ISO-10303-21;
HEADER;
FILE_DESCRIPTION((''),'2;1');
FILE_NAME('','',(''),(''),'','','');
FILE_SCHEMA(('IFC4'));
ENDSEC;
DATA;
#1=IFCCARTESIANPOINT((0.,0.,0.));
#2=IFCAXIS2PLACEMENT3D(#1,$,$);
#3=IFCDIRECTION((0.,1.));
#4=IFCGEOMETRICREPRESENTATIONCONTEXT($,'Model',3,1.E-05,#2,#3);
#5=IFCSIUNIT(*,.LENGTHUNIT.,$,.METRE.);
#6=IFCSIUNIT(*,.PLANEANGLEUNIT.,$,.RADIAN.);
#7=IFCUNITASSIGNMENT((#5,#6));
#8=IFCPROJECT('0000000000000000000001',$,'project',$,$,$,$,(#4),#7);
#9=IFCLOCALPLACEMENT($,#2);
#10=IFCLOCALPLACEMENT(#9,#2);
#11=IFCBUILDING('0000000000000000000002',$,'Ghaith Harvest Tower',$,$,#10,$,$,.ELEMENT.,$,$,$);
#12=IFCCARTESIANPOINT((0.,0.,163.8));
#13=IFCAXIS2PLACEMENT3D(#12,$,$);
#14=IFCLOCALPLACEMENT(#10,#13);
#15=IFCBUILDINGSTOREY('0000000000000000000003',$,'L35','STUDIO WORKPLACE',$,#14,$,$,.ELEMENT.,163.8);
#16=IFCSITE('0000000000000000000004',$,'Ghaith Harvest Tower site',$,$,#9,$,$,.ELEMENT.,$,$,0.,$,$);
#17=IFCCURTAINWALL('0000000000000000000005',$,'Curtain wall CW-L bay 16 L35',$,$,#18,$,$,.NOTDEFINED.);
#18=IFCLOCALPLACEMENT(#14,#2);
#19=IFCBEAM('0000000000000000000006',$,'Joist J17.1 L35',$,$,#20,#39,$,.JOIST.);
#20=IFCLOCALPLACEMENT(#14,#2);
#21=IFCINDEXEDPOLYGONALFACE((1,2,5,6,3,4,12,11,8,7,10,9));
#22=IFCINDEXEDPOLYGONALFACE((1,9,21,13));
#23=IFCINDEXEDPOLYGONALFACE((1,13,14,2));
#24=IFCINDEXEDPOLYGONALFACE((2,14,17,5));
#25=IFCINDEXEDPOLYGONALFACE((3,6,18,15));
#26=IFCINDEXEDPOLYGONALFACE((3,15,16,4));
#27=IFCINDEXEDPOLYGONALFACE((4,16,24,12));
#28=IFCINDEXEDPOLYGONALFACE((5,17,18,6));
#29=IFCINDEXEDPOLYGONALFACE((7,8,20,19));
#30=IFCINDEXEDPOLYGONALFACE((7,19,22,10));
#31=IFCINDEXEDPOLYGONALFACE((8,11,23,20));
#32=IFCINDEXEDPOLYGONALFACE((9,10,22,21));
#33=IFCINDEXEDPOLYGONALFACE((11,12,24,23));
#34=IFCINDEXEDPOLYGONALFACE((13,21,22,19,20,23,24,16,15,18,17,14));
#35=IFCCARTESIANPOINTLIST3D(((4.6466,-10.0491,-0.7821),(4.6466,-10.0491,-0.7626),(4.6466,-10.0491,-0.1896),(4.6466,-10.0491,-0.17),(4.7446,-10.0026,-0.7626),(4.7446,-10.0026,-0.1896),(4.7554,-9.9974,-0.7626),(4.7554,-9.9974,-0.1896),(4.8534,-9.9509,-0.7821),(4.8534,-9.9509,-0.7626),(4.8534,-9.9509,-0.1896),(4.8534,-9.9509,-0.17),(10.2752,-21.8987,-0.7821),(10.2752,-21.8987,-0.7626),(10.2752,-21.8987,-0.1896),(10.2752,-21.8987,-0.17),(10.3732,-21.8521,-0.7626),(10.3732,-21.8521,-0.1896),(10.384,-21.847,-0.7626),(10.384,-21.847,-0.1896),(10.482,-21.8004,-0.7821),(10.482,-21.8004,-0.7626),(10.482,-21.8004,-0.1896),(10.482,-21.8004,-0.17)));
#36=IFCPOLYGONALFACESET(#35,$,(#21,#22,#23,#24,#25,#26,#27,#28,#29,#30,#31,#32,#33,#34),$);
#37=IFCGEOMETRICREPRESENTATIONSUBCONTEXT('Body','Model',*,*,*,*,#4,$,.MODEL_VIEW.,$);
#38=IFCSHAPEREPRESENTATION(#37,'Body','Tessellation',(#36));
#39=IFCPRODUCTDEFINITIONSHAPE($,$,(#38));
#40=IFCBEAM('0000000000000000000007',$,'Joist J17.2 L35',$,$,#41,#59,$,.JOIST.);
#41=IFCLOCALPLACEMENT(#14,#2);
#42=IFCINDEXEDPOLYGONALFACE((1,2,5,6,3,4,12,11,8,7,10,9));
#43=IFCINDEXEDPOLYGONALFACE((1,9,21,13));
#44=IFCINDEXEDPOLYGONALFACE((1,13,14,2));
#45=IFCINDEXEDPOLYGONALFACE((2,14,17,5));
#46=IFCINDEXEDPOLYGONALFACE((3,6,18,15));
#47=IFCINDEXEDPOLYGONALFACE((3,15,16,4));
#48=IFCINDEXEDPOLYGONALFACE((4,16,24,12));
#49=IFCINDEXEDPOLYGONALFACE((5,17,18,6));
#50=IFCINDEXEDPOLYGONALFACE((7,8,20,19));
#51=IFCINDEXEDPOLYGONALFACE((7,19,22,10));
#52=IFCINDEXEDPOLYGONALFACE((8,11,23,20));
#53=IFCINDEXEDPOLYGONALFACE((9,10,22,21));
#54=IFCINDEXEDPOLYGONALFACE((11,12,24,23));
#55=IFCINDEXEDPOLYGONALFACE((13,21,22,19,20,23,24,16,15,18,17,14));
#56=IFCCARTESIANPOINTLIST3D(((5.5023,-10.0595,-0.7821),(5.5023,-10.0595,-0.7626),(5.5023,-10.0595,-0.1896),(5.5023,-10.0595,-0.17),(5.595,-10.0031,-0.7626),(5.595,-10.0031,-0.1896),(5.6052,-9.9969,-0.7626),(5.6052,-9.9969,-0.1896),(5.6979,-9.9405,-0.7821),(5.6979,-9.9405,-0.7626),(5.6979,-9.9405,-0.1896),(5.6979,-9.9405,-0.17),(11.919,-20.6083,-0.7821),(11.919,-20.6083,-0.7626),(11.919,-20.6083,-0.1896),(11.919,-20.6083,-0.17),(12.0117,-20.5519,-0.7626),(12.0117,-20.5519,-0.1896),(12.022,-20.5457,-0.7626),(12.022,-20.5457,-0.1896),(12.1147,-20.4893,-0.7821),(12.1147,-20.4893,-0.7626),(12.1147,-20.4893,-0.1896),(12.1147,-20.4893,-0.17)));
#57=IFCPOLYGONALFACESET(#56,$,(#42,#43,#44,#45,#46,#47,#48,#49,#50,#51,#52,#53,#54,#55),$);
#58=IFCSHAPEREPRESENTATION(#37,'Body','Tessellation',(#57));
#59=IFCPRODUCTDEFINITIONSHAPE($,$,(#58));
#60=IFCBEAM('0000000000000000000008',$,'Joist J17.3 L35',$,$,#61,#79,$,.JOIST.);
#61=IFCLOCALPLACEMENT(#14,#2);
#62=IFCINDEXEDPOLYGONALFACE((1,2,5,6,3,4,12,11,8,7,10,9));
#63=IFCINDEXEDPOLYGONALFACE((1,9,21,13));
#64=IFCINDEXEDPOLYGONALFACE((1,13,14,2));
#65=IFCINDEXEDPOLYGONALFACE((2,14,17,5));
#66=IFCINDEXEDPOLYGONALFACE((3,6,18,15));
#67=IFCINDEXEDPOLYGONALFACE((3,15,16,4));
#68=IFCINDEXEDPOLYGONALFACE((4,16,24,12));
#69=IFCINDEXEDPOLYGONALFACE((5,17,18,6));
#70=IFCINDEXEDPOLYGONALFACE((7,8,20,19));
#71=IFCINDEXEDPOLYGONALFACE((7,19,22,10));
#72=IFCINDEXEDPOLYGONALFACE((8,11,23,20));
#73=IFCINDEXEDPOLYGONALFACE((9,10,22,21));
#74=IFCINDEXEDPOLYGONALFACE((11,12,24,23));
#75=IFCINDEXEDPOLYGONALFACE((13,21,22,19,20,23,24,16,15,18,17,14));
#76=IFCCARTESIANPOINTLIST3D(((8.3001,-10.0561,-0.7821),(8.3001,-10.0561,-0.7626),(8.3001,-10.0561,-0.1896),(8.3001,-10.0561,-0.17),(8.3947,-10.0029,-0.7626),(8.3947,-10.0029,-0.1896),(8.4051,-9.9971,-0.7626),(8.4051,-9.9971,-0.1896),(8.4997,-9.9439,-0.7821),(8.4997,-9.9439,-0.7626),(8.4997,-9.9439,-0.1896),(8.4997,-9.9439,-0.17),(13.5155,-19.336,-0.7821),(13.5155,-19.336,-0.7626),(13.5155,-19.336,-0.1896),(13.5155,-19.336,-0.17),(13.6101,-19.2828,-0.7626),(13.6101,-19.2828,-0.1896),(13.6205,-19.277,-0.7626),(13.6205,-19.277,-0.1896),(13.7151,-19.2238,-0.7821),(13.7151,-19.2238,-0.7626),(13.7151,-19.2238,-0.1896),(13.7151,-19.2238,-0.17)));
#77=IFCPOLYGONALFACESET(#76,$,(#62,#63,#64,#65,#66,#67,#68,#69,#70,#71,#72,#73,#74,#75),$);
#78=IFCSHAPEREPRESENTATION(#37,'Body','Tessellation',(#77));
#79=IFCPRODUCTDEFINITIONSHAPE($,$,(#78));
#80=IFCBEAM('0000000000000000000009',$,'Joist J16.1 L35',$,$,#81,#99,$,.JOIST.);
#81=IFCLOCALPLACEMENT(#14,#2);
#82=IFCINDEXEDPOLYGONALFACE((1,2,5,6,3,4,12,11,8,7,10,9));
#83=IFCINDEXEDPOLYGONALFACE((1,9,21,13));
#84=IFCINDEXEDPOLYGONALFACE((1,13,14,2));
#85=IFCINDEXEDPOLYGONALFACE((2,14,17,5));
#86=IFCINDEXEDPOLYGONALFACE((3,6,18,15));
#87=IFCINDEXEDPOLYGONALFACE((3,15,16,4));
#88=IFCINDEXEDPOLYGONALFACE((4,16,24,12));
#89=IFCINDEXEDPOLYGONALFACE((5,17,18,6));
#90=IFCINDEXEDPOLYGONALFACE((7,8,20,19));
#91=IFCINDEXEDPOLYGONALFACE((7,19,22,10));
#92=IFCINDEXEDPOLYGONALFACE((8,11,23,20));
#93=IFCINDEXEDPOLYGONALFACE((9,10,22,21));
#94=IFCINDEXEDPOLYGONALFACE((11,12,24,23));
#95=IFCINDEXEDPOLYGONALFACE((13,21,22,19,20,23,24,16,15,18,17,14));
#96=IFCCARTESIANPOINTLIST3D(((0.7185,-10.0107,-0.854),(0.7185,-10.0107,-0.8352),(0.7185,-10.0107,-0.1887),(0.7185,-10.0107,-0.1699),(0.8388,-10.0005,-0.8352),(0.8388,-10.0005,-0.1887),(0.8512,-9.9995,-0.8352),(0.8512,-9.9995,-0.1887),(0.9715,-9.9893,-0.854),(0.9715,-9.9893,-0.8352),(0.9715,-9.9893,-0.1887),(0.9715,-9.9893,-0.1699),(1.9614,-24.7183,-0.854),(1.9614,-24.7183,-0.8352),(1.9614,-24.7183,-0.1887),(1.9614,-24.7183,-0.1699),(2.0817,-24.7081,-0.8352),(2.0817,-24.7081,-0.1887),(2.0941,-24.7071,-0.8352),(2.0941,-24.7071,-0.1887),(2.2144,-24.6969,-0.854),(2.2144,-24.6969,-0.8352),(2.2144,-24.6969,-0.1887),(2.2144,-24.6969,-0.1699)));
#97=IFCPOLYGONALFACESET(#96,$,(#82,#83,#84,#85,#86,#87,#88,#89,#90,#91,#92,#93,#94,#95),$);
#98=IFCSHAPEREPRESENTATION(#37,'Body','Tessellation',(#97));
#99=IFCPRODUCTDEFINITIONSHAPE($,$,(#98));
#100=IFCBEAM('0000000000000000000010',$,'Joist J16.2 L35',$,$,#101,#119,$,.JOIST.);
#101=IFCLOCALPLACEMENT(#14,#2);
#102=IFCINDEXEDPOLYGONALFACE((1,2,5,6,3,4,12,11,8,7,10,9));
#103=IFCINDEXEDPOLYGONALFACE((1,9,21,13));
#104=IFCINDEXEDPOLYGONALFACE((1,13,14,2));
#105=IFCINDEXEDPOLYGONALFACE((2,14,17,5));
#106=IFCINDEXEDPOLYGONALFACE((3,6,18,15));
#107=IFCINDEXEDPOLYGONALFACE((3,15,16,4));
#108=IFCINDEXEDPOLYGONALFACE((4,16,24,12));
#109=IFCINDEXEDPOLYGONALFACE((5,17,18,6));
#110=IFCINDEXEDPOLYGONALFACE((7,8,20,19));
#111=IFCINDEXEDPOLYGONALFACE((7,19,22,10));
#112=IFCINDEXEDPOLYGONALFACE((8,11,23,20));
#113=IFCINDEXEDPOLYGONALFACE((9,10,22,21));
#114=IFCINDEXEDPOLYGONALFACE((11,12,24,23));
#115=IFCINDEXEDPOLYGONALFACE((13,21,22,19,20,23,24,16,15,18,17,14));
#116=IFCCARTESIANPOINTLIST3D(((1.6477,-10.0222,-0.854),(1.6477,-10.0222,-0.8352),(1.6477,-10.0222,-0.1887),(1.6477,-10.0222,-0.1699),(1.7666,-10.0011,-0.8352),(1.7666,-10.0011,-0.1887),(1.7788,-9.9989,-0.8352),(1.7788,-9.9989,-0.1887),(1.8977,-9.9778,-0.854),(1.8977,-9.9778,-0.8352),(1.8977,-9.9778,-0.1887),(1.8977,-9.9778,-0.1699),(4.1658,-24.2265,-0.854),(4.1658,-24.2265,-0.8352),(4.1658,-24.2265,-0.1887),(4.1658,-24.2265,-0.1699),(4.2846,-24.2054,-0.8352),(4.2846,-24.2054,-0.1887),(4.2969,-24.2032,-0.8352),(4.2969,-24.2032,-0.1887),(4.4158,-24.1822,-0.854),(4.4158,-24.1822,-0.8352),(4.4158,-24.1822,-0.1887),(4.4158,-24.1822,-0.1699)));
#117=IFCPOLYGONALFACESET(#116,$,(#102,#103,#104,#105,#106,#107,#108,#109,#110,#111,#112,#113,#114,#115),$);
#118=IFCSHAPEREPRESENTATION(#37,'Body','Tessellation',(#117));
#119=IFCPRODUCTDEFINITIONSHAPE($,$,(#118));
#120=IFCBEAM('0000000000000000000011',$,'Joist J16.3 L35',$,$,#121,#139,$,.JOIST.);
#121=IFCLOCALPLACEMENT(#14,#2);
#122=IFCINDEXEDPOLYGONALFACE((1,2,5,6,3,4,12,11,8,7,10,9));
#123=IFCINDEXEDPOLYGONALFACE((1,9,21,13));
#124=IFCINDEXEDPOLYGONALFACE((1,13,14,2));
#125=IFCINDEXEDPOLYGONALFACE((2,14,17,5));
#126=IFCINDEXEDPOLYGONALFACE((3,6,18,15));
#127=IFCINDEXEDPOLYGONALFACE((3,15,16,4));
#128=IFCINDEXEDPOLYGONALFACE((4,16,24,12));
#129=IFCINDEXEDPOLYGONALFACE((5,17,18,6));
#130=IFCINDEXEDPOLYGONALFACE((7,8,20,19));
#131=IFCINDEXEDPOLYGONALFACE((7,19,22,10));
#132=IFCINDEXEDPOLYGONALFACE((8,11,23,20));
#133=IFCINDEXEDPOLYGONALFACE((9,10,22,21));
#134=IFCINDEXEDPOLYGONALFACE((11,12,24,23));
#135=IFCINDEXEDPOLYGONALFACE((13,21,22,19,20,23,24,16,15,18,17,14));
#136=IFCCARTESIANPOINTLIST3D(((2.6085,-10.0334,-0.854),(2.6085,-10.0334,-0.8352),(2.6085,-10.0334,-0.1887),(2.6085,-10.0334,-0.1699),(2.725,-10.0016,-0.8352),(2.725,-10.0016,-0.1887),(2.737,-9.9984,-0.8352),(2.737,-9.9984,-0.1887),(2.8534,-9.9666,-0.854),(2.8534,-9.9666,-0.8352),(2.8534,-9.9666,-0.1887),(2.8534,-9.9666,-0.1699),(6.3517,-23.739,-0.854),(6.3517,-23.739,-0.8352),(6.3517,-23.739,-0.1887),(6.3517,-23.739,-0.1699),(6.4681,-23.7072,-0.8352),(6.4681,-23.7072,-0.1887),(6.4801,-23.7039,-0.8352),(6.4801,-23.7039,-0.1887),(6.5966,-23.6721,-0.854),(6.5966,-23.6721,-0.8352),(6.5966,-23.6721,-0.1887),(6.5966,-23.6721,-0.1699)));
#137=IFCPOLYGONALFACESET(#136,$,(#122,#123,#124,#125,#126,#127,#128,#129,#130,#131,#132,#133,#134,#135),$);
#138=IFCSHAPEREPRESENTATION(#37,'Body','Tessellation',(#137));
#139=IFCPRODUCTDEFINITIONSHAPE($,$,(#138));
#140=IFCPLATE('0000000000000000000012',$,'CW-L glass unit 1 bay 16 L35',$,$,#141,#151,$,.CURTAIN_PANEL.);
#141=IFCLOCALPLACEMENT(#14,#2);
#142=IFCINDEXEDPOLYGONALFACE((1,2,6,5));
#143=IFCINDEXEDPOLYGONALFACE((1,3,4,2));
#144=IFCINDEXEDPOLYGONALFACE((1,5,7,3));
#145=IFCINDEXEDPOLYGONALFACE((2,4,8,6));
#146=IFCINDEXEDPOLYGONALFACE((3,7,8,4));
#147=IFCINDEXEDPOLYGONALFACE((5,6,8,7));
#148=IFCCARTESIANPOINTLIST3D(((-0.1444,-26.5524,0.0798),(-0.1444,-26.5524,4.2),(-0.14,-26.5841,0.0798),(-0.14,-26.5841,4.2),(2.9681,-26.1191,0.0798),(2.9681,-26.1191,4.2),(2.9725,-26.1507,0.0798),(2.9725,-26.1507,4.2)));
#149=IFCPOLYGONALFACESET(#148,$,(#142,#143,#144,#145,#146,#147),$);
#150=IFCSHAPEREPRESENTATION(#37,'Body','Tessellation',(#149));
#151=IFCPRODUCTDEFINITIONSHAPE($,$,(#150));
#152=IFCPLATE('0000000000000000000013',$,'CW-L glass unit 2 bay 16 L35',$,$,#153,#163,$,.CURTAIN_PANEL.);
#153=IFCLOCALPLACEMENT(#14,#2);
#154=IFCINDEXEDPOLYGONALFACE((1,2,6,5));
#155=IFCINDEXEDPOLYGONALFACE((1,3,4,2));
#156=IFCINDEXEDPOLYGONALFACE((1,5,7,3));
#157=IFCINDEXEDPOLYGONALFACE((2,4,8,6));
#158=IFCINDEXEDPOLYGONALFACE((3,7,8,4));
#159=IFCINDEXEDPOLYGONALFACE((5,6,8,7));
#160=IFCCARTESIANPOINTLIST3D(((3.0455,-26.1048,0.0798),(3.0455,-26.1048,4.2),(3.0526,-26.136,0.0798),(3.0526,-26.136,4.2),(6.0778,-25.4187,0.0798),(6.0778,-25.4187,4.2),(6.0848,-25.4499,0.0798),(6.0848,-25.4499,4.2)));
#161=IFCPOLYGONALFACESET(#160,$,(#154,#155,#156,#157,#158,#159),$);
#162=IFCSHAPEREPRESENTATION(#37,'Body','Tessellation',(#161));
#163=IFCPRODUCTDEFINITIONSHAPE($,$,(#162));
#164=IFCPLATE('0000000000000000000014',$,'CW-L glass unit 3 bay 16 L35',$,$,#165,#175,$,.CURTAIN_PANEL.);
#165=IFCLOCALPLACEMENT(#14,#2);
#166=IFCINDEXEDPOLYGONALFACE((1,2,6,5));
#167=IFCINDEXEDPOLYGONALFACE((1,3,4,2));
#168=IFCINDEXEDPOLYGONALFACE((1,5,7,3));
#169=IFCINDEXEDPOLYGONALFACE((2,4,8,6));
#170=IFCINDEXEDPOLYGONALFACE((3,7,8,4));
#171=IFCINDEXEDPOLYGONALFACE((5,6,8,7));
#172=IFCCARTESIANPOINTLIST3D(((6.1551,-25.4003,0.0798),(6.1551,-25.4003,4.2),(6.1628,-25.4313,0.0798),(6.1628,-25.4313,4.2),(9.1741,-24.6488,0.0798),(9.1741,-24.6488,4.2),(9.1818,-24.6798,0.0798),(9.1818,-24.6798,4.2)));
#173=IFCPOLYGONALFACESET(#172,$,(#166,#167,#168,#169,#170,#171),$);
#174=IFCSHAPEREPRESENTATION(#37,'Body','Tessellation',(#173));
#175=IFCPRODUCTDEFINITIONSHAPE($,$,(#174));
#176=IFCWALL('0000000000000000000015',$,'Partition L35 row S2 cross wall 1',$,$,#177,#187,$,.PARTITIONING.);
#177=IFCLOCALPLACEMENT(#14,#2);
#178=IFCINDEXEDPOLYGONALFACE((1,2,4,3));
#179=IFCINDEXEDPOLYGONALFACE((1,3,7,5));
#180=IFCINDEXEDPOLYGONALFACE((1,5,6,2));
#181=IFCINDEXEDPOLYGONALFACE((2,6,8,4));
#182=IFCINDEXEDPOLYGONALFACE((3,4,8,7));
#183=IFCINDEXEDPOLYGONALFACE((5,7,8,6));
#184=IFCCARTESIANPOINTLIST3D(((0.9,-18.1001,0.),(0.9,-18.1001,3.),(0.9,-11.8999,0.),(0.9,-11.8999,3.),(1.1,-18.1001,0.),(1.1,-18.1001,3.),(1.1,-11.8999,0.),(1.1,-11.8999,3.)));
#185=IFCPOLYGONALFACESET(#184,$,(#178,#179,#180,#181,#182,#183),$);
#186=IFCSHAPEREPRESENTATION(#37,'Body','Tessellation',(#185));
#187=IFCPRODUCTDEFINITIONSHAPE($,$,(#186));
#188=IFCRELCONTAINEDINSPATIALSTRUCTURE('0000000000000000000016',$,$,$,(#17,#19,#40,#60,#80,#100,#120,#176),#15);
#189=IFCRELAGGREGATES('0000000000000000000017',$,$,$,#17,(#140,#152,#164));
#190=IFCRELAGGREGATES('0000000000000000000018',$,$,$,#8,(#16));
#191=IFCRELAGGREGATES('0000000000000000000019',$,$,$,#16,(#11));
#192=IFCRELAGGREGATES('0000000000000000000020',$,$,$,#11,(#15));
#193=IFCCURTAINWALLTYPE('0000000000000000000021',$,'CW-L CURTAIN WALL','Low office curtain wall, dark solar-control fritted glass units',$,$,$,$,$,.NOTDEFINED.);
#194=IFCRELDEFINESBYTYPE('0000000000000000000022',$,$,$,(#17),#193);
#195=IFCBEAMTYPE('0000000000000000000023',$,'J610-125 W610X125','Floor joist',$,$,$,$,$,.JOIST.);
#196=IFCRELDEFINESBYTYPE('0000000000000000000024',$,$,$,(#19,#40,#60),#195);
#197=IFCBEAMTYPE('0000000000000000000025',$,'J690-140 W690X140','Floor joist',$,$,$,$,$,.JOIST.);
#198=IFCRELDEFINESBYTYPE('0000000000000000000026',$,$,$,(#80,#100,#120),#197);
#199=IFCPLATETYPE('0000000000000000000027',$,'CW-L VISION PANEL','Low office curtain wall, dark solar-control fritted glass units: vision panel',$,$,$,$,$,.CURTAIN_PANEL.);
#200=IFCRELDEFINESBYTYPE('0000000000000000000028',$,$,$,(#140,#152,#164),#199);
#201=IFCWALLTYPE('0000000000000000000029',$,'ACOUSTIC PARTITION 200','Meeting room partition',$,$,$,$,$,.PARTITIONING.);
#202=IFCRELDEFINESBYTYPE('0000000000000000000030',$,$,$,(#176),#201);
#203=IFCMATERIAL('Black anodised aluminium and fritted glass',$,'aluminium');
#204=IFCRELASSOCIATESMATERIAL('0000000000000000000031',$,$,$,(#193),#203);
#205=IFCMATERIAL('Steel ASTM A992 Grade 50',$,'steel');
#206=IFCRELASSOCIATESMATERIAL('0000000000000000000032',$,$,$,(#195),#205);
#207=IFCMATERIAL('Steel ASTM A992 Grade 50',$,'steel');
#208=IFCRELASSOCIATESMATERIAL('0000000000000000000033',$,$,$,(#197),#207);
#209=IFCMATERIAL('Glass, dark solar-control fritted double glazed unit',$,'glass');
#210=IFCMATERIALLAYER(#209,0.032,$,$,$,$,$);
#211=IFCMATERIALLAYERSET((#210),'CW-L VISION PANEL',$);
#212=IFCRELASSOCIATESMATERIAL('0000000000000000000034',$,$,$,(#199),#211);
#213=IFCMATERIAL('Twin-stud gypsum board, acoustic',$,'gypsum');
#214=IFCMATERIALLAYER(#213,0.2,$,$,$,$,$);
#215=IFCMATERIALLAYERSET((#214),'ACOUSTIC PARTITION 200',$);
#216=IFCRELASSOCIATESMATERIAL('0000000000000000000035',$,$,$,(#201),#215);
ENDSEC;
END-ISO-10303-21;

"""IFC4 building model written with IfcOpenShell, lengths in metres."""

from ifc_helpers import new_model, si_unit, direction, frame, frame_2d, origin, origin_2d, place, context, subcontext, project, spatial, rectangle, i_section, extrude, material, layer, layer_set, material_profile, profile_set, type_object, element, aggregate, save


model = new_model("IFC4")

# Units and contexts
model_context = context("Model", 3, precision=1e-05, world=origin(), true_north=direction((0.0, 1.0)))
body_context = subcontext(model_context, "Body", "Model", "MODEL_VIEW")
ifc_project = project(units=[si_unit("LENGTHUNIT", "METRE"), si_unit("PLANEANGLEUNIT", "RADIAN")], contexts=[model_context])

# Site, building, storey
site_placement = place(None, origin())
site = spatial("IfcSite", under=ifc_project, at=site_placement, Name="Ghaith Harvest Tower site", CompositionType="ELEMENT", RefElevation=0.0)
building_placement = place(site_placement, origin())
building = spatial("IfcBuilding", under=site, at=building_placement, Name="Ghaith Harvest Tower", CompositionType="ELEMENT")
storey_placement = place(building_placement, frame((0.0, 0.0, 163.8)))
storey = spatial("IfcBuildingStorey", under=building, at=storey_placement, Name="L35", Description="STUDIO WORKPLACE", CompositionType="ELEMENT", Elevation=163.8)

# Curtain wall
ifc_material_1 = material(Name="Black anodised aluminium and fritted glass", Category="aluminium")
curtain_wall_type = type_object("IfcCurtainWallType", Name="CW-L CURTAIN WALL", Description="Low office curtain wall, dark solar-control fritted glass units", PredefinedType="NOTDEFINED", material=ifc_material_1)
curtain_wall_1_placement = place(storey_placement, origin())
curtain_wall_1 = element("IfcCurtainWall", 1, at=curtain_wall_1_placement, inside=storey, type_object=curtain_wall_type, Name="Curtain wall CW-L bay 16 L35", PredefinedType="NOTDEFINED")

# Beams
ifc_material_2 = material(Name="Steel ASTM A992 Grade 50", Category="steel")
ifc_material_profile_1 = material_profile(ifc_material_2, i_section(OverallWidth=0.229, OverallDepth=0.6121, WebThickness=0.012, FlangeThickness=0.0195, at=origin_2d()), Name="W610X125")
ifc_profile_set_1 = profile_set([ifc_material_profile_1], Name="Steel ASTM A992 Grade 50")
beam_type_1 = type_object("IfcBeamType", Name="J610-125 W610X125", Description="Floor joist", PredefinedType="JOIST", material=ifc_profile_set_1)
beam_1_placement = place(storey_placement, frame((4.75, -10.0, -0.4761), z_axis=(0.429063, -0.903275, 0.0), x_axis=(0.903275, 0.429063, 0.0)))
element("IfcBeam", 2, at=beam_1_placement, inside=storey, type_object=beam_type_1, Name="Joist J17.1 L35", PredefinedType="JOIST", context=body_context, shape_type="SweptSolid", body=[
    extrude(i_section(OverallWidth=0.229, OverallDepth=0.6121, WebThickness=0.012, FlangeThickness=0.0195, at=origin_2d()), origin(), (0.0, 0.0, 1.0), 13.1184),
])
beam_2_placement = place(storey_placement, frame((5.6001, -10.0, -0.4761), z_axis=(0.519694, -0.854352, 0.0), x_axis=(0.854352, 0.519694, 0.0)))
element("IfcBeam", 3, at=beam_2_placement, inside=storey, type_object=beam_type_1, Name="Joist J17.2 L35", PredefinedType="JOIST", context=body_context, shape_type="SweptSolid", body=[
    extrude(i_section(OverallWidth=0.229, OverallDepth=0.6121, WebThickness=0.012, FlangeThickness=0.0195, at=origin_2d()), origin(), (0.0, 0.0, 1.0), 12.3472),
])
beam_3_placement = place(storey_placement, frame((8.3999, -10.0, -0.4761), z_axis=(0.489937, -0.871758, 0.0), x_axis=(0.871758, 0.489937, 0.0)))
element("IfcBeam", 4, at=beam_3_placement, inside=storey, type_object=beam_type_1, Name="Joist J17.3 L35", PredefinedType="JOIST", context=body_context, shape_type="SweptSolid", body=[
    extrude(i_section(OverallWidth=0.229, OverallDepth=0.6121, WebThickness=0.012, FlangeThickness=0.0195, at=origin_2d()), origin(), (0.0, 0.0, 1.0), 10.645),
])
ifc_material_3 = material(Name="Steel ASTM A992 Grade 50", Category="steel")
ifc_material_profile_2 = material_profile(ifc_material_3, i_section(OverallWidth=0.2539, OverallDepth=0.6841, WebThickness=0.0125, FlangeThickness=0.0188, at=origin_2d()), Name="W690X140")
ifc_profile_set_2 = profile_set([ifc_material_profile_2], Name="Steel ASTM A992 Grade 50")
beam_type_2 = type_object("IfcBeamType", Name="J690-140 W690X140", Description="Floor joist", PredefinedType="JOIST", material=ifc_profile_set_2)
beam_4_placement = place(storey_placement, frame((0.845, -10.0, -0.512), z_axis=(0.084209, -0.996448, 0.0), x_axis=(0.996448, 0.084209, 0.0)))
element("IfcBeam", 5, at=beam_4_placement, inside=storey, type_object=beam_type_2, Name="Joist J16.1 L35", PredefinedType="JOIST", context=body_context, shape_type="SweptSolid", body=[
    extrude(i_section(OverallWidth=0.2539, OverallDepth=0.6841, WebThickness=0.0125, FlangeThickness=0.0188, at=origin_2d()), origin(), (0.0, 0.0, 1.0), 14.76),
])
beam_5_placement = place(storey_placement, frame((1.7727, -10.0, -0.512), z_axis=(0.174553, -0.984648, 0.0), x_axis=(0.984648, 0.174553, 0.0)))
element("IfcBeam", 6, at=beam_5_placement, inside=storey, type_object=beam_type_2, Name="Joist J16.2 L35", PredefinedType="JOIST", context=body_context, shape_type="SweptSolid", body=[
    extrude(i_section(OverallWidth=0.2539, OverallDepth=0.6841, WebThickness=0.0125, FlangeThickness=0.0188, at=origin_2d()), origin(), (0.0, 0.0, 1.0), 14.4258),
])
beam_6_placement = place(storey_placement, frame((2.731, -10.0, -0.512), z_axis=(0.263463, -0.964669, 0.0), x_axis=(0.964669, 0.263463, 0.0)))
element("IfcBeam", 7, at=beam_6_placement, inside=storey, type_object=beam_type_2, Name="Joist J16.3 L35", PredefinedType="JOIST", context=body_context, shape_type="SweptSolid", body=[
    extrude(i_section(OverallWidth=0.2539, OverallDepth=0.6841, WebThickness=0.0125, FlangeThickness=0.0188, at=origin_2d()), origin(), (0.0, 0.0, 1.0), 14.2075),
])

# Plates
ifc_material_4 = material(Name="Glass, dark solar-control fritted double glazed unit", Category="glass")
ifc_layer_1 = layer(ifc_material_4, 0.032)
ifc_layer_set_1 = layer_set([ifc_layer_1], Name="CW-L VISION PANEL")
plate_type = type_object("IfcPlateType", Name="CW-L VISION PANEL", Description="Low office curtain wall, dark solar-control fritted glass units: vision panel", PredefinedType="CURTAIN_PANEL", material=ifc_layer_set_1)
plate_1_placement = place(storey_placement, frame((1.4141, -26.3516, 0.0798), z_axis=(0.0, 0.0, 1.0), x_axis=(0.990448, 0.137886, 0.0)))
plate_1 = element("IfcPlate", 8, at=plate_1_placement, type_object=plate_type, Name="CW-L glass unit 1 bay 16 L35", PredefinedType="CURTAIN_PANEL", context=body_context, shape_type="SweptSolid", body=[
    extrude(rectangle(XDim=3.1426, YDim=0.032, at=origin_2d()), origin(), (0.0, 0.0, 1.0), 4.1201),
])
plate_2_placement = place(storey_placement, frame((4.5652, -25.7773, 0.0798), z_axis=(0.0, 0.0, 1.0), x_axis=(0.975342, 0.2207, 0.0)))
plate_2 = element("IfcPlate", 9, at=plate_2_placement, type_object=plate_type, Name="CW-L glass unit 2 bay 16 L35", PredefinedType="CURTAIN_PANEL", context=body_context, shape_type="SweptSolid", body=[
    extrude(rectangle(XDim=3.1089, YDim=0.032, at=origin_2d()), origin(), (0.0, 0.0, 1.0), 4.1201),
])
plate_3_placement = place(storey_placement, frame((7.6685, -25.04, 0.0798), z_axis=(0.0, 0.0, 1.0), x_axis=(0.970384, 0.241566, 0.0)))
plate_3 = element("IfcPlate", 10, at=plate_3_placement, type_object=plate_type, Name="CW-L glass unit 3 bay 16 L35", PredefinedType="CURTAIN_PANEL", context=body_context, shape_type="SweptSolid", body=[
    extrude(rectangle(XDim=3.1111, YDim=0.032, at=origin_2d()), origin(), (0.0, 0.0, 1.0), 4.1201),
])
aggregate(curtain_wall_1, [plate_1, plate_2, plate_3])

# Wall
ifc_material_5 = material(Name="Twin-stud gypsum board, acoustic", Category="gypsum")
ifc_layer_2 = layer(ifc_material_5, 0.2)
ifc_layer_set_2 = layer_set([ifc_layer_2], Name="ACOUSTIC PARTITION 200")
wall_type_1 = type_object("IfcWallType", Name="ACOUSTIC PARTITION 200", Description="Meeting room partition", PredefinedType="PARTITIONING", material=ifc_layer_set_2)
for number, where, z_axis, x_axis, name in (
    (11, (1.0, -11.8999, 0.0), (0.0, 0.0, 1.0), (0.0, -1.0, 0.0), "Partition L35 row S2 cross wall 1"),
):
    element("IfcWall", number, at=place(storey_placement, frame(where, z_axis=z_axis, x_axis=x_axis)), inside=storey, type_object=wall_type_1, Name=name, PredefinedType="PARTITIONING", context=body_context, shape_type="SweptSolid", body=[
        extrude(rectangle(XDim=6.2002, YDim=0.2, at=frame_2d((3.1001, 0.0))), origin(), (0.0, 0.0, 1.0), 3.0),
    ])

save(model, "model.ifc")
